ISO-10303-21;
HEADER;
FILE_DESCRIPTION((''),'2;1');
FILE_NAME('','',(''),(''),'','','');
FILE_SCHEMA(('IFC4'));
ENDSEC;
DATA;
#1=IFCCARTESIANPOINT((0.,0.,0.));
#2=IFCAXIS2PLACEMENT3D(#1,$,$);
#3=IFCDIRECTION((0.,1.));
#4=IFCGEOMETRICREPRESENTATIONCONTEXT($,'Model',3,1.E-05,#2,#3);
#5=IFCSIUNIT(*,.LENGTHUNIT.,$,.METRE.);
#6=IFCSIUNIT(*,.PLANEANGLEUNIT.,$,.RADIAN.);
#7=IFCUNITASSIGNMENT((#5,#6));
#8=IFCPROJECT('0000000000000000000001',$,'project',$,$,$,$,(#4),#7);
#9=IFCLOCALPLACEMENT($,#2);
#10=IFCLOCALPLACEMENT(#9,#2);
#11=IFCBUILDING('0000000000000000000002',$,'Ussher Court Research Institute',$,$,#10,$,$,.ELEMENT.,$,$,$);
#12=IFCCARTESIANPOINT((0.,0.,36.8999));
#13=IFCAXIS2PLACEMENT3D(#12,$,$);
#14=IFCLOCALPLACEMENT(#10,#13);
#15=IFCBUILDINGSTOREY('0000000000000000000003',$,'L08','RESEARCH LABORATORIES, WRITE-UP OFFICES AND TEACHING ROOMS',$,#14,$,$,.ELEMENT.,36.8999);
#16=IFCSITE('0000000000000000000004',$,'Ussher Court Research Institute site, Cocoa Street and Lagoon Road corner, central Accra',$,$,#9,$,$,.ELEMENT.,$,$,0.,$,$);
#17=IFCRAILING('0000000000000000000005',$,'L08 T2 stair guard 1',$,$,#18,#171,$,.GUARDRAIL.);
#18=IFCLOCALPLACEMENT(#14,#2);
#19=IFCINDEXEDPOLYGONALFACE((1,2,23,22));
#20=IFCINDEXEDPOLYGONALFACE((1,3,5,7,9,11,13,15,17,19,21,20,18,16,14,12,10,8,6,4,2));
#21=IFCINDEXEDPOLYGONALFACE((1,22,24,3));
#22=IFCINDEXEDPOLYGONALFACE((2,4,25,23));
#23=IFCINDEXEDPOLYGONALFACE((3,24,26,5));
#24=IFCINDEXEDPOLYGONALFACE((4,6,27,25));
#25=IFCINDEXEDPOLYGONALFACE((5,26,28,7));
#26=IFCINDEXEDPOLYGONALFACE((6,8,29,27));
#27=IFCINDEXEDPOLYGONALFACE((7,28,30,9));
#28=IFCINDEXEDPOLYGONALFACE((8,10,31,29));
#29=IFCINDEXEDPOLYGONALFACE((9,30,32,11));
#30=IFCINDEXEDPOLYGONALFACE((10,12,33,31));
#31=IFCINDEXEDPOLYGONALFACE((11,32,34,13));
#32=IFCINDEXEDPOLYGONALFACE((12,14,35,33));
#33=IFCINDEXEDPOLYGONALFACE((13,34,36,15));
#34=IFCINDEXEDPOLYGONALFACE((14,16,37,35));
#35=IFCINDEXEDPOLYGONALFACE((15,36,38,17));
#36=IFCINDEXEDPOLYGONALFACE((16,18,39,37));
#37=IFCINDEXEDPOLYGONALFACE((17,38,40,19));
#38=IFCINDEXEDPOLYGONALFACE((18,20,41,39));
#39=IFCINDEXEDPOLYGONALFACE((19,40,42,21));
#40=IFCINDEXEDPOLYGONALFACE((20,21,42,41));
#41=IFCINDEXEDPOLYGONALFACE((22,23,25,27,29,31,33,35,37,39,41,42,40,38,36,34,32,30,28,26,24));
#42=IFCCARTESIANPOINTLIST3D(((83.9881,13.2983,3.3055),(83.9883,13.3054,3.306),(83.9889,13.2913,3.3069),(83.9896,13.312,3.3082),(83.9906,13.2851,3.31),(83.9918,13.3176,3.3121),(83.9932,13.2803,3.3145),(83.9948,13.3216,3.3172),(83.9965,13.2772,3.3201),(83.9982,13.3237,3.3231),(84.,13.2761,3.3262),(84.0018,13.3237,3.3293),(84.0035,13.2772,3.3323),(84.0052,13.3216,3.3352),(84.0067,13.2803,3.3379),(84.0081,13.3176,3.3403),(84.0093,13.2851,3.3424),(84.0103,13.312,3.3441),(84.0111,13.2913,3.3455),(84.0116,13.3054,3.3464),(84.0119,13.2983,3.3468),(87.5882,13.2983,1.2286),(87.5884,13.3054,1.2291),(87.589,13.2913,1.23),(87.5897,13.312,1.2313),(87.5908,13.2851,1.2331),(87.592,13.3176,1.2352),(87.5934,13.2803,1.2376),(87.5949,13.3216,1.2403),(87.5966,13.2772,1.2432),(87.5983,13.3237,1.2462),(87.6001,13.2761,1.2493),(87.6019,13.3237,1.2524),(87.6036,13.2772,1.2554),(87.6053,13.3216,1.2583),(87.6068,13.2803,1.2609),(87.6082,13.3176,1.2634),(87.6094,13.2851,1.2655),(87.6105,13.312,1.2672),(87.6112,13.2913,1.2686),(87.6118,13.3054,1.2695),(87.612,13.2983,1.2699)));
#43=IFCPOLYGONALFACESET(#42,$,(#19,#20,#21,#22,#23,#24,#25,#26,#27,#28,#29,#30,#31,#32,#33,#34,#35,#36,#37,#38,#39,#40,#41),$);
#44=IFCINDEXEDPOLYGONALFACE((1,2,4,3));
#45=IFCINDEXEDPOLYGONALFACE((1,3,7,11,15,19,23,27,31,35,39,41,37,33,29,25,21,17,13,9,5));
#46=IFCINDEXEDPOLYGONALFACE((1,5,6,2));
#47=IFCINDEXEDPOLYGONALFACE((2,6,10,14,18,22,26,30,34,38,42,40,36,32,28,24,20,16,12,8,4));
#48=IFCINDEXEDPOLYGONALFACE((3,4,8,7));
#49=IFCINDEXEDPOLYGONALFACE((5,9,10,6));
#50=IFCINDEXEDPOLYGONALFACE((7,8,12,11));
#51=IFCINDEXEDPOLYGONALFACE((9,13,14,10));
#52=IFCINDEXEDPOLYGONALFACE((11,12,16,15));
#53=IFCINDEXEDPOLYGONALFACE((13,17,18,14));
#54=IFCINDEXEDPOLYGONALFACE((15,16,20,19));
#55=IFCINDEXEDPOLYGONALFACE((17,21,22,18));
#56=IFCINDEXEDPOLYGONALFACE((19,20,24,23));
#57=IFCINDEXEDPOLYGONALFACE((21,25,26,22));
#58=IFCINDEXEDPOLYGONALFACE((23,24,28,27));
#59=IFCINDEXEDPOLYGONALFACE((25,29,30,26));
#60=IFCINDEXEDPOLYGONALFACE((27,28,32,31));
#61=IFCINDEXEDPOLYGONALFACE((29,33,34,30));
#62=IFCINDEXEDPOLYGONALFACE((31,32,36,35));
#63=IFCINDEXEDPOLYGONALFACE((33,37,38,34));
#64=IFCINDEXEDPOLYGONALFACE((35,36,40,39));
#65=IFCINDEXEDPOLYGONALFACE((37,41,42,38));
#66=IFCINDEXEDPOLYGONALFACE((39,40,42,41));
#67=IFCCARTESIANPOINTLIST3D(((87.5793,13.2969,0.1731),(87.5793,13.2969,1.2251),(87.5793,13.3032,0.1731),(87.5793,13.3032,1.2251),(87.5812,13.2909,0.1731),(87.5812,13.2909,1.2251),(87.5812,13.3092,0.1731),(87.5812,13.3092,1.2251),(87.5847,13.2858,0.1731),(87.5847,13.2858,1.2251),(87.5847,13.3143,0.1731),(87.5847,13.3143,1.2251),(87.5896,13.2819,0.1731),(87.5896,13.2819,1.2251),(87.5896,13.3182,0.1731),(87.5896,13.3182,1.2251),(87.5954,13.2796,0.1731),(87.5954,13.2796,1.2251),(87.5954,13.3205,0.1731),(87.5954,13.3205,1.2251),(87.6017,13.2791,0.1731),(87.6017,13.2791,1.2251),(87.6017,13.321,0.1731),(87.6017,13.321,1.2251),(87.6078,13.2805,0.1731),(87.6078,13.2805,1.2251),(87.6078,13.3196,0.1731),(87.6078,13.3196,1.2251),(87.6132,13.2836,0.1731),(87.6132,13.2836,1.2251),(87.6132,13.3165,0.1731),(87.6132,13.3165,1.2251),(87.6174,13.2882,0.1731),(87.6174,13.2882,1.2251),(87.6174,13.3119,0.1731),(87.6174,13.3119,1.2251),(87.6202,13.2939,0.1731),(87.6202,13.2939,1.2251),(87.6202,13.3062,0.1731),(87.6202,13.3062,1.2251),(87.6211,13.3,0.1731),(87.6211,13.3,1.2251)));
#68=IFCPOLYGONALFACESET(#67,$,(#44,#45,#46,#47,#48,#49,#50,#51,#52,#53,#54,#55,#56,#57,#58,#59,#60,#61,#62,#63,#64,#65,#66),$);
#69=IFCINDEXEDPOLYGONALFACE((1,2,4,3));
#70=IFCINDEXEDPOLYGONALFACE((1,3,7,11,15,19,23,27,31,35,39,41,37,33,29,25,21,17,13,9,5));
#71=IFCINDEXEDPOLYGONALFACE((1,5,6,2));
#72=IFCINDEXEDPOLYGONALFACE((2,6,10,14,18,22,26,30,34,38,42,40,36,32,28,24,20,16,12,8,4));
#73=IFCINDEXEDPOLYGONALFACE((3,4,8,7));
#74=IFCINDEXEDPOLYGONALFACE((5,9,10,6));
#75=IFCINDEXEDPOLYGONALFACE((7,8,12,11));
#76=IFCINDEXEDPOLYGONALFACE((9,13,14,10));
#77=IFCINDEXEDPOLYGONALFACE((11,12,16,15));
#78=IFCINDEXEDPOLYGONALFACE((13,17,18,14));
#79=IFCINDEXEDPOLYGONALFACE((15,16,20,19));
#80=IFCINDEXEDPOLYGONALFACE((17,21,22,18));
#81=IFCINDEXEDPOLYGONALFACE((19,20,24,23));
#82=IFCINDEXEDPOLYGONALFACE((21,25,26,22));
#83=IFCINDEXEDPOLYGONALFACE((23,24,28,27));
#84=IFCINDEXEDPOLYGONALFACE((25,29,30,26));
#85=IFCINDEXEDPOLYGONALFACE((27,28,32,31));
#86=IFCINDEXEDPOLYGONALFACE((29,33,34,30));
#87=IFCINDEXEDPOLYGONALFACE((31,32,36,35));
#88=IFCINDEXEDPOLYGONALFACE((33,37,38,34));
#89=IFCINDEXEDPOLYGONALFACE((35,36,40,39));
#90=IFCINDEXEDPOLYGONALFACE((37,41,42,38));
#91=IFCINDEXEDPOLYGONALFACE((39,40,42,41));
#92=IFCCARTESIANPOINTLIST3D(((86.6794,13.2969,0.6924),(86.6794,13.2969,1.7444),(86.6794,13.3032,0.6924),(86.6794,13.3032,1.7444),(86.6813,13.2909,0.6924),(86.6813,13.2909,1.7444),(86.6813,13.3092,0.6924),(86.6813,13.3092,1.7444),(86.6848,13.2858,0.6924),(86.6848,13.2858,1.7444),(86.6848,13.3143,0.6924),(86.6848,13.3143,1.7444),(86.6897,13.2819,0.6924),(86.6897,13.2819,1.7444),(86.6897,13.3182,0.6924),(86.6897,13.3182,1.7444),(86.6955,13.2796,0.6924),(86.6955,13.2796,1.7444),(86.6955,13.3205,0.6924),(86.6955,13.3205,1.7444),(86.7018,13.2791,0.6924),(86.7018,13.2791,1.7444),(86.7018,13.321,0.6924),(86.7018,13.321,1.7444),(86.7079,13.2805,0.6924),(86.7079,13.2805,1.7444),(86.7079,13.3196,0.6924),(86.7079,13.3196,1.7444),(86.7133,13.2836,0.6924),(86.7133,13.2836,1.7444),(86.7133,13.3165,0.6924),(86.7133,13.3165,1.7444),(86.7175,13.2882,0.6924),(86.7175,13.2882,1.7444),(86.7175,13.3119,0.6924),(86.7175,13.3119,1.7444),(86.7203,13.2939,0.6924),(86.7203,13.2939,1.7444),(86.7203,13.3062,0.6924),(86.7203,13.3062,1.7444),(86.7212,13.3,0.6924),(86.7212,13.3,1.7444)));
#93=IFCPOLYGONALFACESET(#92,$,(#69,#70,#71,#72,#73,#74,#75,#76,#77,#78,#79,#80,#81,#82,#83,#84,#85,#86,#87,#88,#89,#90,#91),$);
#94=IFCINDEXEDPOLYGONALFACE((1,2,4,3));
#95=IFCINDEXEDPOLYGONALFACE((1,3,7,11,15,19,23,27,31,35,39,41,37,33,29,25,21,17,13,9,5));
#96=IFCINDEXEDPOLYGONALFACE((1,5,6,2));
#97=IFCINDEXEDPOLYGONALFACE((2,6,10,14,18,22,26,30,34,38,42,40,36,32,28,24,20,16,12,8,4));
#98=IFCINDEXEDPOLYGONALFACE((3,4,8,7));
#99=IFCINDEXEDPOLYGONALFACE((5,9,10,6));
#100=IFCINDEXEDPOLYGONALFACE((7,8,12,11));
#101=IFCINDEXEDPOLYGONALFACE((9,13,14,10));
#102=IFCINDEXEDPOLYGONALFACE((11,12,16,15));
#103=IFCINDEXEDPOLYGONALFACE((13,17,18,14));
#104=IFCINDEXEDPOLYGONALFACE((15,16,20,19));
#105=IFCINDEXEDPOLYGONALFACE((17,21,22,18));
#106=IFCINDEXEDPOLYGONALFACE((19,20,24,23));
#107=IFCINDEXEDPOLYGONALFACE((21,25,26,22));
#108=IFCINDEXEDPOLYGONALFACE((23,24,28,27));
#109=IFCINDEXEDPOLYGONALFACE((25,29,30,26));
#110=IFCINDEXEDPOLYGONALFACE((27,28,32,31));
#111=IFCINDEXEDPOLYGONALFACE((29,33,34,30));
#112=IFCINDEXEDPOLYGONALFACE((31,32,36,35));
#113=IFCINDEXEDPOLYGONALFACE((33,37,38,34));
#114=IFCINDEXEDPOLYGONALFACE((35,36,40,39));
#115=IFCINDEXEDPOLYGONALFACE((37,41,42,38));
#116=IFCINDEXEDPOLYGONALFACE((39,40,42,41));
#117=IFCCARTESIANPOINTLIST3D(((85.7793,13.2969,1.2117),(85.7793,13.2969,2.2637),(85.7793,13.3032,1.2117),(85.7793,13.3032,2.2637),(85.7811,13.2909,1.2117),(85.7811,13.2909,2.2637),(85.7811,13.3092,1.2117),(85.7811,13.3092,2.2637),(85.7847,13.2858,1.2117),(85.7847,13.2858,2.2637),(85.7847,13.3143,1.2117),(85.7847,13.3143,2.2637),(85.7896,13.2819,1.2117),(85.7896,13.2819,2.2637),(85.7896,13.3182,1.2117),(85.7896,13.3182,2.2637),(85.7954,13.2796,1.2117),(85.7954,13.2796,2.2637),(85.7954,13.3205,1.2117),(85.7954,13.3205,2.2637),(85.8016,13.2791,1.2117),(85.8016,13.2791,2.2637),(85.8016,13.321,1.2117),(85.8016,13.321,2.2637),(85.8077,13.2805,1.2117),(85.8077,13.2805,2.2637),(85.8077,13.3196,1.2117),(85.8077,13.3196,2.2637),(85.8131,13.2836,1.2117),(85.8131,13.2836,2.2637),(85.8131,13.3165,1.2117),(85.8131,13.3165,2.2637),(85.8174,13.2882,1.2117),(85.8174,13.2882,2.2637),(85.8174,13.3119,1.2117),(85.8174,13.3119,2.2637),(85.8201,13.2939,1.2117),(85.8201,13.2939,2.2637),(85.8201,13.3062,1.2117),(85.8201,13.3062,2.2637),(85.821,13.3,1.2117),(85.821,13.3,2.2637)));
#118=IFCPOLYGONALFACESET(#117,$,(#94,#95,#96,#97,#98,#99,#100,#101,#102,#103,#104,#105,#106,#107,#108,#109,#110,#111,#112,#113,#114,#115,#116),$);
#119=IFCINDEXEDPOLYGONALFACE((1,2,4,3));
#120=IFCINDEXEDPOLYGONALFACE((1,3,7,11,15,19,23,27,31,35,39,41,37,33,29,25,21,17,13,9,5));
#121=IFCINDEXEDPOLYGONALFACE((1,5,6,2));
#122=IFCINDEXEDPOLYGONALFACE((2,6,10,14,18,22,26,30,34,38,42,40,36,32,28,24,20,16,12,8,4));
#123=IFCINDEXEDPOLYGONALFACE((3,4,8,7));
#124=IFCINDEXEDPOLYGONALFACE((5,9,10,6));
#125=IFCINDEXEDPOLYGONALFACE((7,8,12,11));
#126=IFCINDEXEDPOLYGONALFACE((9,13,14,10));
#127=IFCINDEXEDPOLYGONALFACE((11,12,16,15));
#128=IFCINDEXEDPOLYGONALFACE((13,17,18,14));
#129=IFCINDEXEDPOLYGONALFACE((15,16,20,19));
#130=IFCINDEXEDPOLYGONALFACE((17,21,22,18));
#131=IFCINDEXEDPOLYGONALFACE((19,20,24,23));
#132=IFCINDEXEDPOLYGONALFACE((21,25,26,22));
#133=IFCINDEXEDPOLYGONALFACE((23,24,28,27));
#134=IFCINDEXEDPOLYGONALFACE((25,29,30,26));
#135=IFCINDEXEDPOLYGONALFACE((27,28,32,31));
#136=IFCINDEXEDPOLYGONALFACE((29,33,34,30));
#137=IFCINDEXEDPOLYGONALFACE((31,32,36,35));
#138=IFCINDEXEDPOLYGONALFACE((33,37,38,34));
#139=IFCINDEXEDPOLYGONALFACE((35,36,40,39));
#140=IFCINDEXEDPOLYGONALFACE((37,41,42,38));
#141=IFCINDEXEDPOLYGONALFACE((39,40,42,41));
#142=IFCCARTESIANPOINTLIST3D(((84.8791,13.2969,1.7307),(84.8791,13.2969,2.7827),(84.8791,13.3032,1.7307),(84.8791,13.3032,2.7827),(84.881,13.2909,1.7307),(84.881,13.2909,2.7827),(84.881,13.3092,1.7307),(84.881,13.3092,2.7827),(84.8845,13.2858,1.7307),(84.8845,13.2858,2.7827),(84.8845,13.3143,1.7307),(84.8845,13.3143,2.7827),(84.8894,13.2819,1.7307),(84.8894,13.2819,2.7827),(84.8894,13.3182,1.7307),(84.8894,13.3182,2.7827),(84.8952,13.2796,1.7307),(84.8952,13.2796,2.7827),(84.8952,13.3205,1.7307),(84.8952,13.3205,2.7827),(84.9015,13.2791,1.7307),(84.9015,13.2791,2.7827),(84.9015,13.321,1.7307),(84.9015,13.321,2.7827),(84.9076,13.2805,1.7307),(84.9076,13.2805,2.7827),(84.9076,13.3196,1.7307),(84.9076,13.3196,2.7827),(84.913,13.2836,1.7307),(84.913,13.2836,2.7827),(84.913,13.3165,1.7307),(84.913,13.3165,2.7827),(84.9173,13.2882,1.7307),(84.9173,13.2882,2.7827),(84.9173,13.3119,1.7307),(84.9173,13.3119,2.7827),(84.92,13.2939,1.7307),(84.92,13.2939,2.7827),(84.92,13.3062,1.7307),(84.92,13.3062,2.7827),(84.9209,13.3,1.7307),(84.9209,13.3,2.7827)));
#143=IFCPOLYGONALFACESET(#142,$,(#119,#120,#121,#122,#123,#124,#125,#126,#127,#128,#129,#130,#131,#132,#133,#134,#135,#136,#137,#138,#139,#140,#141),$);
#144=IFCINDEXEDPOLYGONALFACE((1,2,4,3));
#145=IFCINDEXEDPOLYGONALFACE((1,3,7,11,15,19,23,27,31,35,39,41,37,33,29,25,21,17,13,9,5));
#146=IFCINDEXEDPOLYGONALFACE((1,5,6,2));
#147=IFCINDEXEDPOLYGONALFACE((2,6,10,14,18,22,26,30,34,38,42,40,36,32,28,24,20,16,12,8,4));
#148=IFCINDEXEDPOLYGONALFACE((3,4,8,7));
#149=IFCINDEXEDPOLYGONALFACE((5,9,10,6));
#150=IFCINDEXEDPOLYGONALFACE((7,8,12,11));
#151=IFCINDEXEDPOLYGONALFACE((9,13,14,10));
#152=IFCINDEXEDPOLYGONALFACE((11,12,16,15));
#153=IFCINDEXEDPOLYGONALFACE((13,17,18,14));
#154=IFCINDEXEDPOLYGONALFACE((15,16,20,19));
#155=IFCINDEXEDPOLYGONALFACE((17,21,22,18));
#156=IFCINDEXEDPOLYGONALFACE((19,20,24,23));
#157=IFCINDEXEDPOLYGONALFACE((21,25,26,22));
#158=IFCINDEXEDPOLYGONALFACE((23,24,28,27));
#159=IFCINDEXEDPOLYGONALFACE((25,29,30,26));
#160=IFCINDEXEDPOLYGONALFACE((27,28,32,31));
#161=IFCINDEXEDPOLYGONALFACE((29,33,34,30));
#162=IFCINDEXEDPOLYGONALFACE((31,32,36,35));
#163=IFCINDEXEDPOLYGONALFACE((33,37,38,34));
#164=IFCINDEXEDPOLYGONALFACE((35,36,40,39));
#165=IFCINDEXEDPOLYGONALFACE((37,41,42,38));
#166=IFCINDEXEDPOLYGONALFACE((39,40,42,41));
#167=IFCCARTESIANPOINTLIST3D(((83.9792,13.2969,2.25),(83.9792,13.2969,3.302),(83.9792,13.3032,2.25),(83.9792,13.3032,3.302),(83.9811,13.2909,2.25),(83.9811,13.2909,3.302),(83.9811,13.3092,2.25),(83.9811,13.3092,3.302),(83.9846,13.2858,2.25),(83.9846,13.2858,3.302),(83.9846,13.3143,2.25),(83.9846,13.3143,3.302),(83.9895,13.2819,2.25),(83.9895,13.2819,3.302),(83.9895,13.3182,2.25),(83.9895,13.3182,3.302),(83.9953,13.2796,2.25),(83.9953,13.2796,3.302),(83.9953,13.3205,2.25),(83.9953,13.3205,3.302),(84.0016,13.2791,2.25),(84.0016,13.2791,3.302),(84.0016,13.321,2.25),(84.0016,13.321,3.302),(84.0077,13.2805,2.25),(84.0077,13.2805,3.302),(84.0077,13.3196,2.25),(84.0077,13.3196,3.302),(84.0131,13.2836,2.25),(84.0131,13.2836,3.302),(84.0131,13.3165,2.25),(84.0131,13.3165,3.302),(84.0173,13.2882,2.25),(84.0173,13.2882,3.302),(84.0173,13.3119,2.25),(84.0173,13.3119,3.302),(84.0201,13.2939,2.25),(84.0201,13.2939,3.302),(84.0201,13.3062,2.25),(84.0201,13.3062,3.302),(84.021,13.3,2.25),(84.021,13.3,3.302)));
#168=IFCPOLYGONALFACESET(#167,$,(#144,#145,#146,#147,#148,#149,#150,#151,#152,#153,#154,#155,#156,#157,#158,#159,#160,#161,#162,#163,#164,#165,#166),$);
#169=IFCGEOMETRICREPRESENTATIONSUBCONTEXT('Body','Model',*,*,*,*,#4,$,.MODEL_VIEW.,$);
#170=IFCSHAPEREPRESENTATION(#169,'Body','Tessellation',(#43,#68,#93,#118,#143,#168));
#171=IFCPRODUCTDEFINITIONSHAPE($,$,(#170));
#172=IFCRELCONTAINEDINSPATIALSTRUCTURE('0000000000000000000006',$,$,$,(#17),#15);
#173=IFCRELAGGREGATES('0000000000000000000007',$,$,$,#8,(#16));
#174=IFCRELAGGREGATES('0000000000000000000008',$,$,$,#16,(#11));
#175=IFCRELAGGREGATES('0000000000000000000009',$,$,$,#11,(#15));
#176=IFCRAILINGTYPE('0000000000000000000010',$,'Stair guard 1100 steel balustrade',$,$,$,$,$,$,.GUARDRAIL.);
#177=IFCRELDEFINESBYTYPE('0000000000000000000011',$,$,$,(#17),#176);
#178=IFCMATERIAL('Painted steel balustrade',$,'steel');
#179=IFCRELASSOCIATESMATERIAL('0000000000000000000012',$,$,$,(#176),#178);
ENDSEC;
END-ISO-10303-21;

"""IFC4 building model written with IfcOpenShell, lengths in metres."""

from ifc_helpers import new_model, si_unit, direction, frame, origin, origin_2d, place, context, subcontext, project, spatial, circle, extrude, material, type_object, element, save


model = new_model("IFC4")

# Units and contexts
model_context = context("Model", 3, precision=1e-05, world=origin(), true_north=direction((0.0, 1.0)))
body_context = subcontext(model_context, "Body", "Model", "MODEL_VIEW")
ifc_project = project(units=[si_unit("LENGTHUNIT", "METRE"), si_unit("PLANEANGLEUNIT", "RADIAN")], contexts=[model_context])

# Site, building, storey
site_placement = place(None, origin())
site = spatial("IfcSite", under=ifc_project, at=site_placement, Name="Ussher Court Research Institute site, Cocoa Street and Lagoon Road corner, central Accra", CompositionType="ELEMENT", RefElevation=0.0)
building_placement = place(site_placement, origin())
building = spatial("IfcBuilding", under=site, at=building_placement, Name="Ussher Court Research Institute", CompositionType="ELEMENT")
storey_placement = place(building_placement, frame((0.0, 0.0, 36.8999)))
storey = spatial("IfcBuildingStorey", under=building, at=storey_placement, Name="L08", Description="RESEARCH LABORATORIES, WRITE-UP OFFICES AND TEACHING ROOMS", CompositionType="ELEMENT", Elevation=36.8999)

# Railing
ifc_material_1 = material(Name="Painted steel balustrade", Category="steel")
railing_type_1 = type_object("IfcRailingType", Name="Stair guard 1100 steel balustrade", PredefinedType="GUARDRAIL", material=ifc_material_1)
railing_1_placement = place(storey_placement, frame((87.6001, 13.3, 0.1731)))
element("IfcRailing", 1, at=railing_1_placement, inside=storey, type_object=railing_type_1, Name="L08 T2 stair guard 1", PredefinedType="GUARDRAIL", context=body_context, shape_type="SweptSolid", body=[
    extrude(circle(Radius=0.0239, at=origin_2d()), frame((0.0, 0.0, 1.0762), z_axis=(-0.866193, 0.0, 0.499709), x_axis=(0.0, -1.0, 0.0)), (0.0, 0.0, 1.0), 4.1562),
    extrude(circle(Radius=0.021, at=origin_2d()), origin(), (0.0, 0.0, 1.0), 1.052),
    extrude(circle(Radius=0.021, at=origin_2d()), frame((-0.8999, 0.0, 0.5193)), (0.0, 0.0, 1.0), 1.052),
    extrude(circle(Radius=0.021, at=origin_2d()), frame((-1.8, 0.0, 1.0386)), (0.0, 0.0, 1.0), 1.052),
    extrude(circle(Radius=0.021, at=origin_2d()), frame((-2.7002, 0.0, 1.5576)), (0.0, 0.0, 1.0), 1.052),
    extrude(circle(Radius=0.021, at=origin_2d()), frame((-3.6001, 0.0, 2.0769)), (0.0, 0.0, 1.0), 1.052),
])

save(model, "model.ifc")
